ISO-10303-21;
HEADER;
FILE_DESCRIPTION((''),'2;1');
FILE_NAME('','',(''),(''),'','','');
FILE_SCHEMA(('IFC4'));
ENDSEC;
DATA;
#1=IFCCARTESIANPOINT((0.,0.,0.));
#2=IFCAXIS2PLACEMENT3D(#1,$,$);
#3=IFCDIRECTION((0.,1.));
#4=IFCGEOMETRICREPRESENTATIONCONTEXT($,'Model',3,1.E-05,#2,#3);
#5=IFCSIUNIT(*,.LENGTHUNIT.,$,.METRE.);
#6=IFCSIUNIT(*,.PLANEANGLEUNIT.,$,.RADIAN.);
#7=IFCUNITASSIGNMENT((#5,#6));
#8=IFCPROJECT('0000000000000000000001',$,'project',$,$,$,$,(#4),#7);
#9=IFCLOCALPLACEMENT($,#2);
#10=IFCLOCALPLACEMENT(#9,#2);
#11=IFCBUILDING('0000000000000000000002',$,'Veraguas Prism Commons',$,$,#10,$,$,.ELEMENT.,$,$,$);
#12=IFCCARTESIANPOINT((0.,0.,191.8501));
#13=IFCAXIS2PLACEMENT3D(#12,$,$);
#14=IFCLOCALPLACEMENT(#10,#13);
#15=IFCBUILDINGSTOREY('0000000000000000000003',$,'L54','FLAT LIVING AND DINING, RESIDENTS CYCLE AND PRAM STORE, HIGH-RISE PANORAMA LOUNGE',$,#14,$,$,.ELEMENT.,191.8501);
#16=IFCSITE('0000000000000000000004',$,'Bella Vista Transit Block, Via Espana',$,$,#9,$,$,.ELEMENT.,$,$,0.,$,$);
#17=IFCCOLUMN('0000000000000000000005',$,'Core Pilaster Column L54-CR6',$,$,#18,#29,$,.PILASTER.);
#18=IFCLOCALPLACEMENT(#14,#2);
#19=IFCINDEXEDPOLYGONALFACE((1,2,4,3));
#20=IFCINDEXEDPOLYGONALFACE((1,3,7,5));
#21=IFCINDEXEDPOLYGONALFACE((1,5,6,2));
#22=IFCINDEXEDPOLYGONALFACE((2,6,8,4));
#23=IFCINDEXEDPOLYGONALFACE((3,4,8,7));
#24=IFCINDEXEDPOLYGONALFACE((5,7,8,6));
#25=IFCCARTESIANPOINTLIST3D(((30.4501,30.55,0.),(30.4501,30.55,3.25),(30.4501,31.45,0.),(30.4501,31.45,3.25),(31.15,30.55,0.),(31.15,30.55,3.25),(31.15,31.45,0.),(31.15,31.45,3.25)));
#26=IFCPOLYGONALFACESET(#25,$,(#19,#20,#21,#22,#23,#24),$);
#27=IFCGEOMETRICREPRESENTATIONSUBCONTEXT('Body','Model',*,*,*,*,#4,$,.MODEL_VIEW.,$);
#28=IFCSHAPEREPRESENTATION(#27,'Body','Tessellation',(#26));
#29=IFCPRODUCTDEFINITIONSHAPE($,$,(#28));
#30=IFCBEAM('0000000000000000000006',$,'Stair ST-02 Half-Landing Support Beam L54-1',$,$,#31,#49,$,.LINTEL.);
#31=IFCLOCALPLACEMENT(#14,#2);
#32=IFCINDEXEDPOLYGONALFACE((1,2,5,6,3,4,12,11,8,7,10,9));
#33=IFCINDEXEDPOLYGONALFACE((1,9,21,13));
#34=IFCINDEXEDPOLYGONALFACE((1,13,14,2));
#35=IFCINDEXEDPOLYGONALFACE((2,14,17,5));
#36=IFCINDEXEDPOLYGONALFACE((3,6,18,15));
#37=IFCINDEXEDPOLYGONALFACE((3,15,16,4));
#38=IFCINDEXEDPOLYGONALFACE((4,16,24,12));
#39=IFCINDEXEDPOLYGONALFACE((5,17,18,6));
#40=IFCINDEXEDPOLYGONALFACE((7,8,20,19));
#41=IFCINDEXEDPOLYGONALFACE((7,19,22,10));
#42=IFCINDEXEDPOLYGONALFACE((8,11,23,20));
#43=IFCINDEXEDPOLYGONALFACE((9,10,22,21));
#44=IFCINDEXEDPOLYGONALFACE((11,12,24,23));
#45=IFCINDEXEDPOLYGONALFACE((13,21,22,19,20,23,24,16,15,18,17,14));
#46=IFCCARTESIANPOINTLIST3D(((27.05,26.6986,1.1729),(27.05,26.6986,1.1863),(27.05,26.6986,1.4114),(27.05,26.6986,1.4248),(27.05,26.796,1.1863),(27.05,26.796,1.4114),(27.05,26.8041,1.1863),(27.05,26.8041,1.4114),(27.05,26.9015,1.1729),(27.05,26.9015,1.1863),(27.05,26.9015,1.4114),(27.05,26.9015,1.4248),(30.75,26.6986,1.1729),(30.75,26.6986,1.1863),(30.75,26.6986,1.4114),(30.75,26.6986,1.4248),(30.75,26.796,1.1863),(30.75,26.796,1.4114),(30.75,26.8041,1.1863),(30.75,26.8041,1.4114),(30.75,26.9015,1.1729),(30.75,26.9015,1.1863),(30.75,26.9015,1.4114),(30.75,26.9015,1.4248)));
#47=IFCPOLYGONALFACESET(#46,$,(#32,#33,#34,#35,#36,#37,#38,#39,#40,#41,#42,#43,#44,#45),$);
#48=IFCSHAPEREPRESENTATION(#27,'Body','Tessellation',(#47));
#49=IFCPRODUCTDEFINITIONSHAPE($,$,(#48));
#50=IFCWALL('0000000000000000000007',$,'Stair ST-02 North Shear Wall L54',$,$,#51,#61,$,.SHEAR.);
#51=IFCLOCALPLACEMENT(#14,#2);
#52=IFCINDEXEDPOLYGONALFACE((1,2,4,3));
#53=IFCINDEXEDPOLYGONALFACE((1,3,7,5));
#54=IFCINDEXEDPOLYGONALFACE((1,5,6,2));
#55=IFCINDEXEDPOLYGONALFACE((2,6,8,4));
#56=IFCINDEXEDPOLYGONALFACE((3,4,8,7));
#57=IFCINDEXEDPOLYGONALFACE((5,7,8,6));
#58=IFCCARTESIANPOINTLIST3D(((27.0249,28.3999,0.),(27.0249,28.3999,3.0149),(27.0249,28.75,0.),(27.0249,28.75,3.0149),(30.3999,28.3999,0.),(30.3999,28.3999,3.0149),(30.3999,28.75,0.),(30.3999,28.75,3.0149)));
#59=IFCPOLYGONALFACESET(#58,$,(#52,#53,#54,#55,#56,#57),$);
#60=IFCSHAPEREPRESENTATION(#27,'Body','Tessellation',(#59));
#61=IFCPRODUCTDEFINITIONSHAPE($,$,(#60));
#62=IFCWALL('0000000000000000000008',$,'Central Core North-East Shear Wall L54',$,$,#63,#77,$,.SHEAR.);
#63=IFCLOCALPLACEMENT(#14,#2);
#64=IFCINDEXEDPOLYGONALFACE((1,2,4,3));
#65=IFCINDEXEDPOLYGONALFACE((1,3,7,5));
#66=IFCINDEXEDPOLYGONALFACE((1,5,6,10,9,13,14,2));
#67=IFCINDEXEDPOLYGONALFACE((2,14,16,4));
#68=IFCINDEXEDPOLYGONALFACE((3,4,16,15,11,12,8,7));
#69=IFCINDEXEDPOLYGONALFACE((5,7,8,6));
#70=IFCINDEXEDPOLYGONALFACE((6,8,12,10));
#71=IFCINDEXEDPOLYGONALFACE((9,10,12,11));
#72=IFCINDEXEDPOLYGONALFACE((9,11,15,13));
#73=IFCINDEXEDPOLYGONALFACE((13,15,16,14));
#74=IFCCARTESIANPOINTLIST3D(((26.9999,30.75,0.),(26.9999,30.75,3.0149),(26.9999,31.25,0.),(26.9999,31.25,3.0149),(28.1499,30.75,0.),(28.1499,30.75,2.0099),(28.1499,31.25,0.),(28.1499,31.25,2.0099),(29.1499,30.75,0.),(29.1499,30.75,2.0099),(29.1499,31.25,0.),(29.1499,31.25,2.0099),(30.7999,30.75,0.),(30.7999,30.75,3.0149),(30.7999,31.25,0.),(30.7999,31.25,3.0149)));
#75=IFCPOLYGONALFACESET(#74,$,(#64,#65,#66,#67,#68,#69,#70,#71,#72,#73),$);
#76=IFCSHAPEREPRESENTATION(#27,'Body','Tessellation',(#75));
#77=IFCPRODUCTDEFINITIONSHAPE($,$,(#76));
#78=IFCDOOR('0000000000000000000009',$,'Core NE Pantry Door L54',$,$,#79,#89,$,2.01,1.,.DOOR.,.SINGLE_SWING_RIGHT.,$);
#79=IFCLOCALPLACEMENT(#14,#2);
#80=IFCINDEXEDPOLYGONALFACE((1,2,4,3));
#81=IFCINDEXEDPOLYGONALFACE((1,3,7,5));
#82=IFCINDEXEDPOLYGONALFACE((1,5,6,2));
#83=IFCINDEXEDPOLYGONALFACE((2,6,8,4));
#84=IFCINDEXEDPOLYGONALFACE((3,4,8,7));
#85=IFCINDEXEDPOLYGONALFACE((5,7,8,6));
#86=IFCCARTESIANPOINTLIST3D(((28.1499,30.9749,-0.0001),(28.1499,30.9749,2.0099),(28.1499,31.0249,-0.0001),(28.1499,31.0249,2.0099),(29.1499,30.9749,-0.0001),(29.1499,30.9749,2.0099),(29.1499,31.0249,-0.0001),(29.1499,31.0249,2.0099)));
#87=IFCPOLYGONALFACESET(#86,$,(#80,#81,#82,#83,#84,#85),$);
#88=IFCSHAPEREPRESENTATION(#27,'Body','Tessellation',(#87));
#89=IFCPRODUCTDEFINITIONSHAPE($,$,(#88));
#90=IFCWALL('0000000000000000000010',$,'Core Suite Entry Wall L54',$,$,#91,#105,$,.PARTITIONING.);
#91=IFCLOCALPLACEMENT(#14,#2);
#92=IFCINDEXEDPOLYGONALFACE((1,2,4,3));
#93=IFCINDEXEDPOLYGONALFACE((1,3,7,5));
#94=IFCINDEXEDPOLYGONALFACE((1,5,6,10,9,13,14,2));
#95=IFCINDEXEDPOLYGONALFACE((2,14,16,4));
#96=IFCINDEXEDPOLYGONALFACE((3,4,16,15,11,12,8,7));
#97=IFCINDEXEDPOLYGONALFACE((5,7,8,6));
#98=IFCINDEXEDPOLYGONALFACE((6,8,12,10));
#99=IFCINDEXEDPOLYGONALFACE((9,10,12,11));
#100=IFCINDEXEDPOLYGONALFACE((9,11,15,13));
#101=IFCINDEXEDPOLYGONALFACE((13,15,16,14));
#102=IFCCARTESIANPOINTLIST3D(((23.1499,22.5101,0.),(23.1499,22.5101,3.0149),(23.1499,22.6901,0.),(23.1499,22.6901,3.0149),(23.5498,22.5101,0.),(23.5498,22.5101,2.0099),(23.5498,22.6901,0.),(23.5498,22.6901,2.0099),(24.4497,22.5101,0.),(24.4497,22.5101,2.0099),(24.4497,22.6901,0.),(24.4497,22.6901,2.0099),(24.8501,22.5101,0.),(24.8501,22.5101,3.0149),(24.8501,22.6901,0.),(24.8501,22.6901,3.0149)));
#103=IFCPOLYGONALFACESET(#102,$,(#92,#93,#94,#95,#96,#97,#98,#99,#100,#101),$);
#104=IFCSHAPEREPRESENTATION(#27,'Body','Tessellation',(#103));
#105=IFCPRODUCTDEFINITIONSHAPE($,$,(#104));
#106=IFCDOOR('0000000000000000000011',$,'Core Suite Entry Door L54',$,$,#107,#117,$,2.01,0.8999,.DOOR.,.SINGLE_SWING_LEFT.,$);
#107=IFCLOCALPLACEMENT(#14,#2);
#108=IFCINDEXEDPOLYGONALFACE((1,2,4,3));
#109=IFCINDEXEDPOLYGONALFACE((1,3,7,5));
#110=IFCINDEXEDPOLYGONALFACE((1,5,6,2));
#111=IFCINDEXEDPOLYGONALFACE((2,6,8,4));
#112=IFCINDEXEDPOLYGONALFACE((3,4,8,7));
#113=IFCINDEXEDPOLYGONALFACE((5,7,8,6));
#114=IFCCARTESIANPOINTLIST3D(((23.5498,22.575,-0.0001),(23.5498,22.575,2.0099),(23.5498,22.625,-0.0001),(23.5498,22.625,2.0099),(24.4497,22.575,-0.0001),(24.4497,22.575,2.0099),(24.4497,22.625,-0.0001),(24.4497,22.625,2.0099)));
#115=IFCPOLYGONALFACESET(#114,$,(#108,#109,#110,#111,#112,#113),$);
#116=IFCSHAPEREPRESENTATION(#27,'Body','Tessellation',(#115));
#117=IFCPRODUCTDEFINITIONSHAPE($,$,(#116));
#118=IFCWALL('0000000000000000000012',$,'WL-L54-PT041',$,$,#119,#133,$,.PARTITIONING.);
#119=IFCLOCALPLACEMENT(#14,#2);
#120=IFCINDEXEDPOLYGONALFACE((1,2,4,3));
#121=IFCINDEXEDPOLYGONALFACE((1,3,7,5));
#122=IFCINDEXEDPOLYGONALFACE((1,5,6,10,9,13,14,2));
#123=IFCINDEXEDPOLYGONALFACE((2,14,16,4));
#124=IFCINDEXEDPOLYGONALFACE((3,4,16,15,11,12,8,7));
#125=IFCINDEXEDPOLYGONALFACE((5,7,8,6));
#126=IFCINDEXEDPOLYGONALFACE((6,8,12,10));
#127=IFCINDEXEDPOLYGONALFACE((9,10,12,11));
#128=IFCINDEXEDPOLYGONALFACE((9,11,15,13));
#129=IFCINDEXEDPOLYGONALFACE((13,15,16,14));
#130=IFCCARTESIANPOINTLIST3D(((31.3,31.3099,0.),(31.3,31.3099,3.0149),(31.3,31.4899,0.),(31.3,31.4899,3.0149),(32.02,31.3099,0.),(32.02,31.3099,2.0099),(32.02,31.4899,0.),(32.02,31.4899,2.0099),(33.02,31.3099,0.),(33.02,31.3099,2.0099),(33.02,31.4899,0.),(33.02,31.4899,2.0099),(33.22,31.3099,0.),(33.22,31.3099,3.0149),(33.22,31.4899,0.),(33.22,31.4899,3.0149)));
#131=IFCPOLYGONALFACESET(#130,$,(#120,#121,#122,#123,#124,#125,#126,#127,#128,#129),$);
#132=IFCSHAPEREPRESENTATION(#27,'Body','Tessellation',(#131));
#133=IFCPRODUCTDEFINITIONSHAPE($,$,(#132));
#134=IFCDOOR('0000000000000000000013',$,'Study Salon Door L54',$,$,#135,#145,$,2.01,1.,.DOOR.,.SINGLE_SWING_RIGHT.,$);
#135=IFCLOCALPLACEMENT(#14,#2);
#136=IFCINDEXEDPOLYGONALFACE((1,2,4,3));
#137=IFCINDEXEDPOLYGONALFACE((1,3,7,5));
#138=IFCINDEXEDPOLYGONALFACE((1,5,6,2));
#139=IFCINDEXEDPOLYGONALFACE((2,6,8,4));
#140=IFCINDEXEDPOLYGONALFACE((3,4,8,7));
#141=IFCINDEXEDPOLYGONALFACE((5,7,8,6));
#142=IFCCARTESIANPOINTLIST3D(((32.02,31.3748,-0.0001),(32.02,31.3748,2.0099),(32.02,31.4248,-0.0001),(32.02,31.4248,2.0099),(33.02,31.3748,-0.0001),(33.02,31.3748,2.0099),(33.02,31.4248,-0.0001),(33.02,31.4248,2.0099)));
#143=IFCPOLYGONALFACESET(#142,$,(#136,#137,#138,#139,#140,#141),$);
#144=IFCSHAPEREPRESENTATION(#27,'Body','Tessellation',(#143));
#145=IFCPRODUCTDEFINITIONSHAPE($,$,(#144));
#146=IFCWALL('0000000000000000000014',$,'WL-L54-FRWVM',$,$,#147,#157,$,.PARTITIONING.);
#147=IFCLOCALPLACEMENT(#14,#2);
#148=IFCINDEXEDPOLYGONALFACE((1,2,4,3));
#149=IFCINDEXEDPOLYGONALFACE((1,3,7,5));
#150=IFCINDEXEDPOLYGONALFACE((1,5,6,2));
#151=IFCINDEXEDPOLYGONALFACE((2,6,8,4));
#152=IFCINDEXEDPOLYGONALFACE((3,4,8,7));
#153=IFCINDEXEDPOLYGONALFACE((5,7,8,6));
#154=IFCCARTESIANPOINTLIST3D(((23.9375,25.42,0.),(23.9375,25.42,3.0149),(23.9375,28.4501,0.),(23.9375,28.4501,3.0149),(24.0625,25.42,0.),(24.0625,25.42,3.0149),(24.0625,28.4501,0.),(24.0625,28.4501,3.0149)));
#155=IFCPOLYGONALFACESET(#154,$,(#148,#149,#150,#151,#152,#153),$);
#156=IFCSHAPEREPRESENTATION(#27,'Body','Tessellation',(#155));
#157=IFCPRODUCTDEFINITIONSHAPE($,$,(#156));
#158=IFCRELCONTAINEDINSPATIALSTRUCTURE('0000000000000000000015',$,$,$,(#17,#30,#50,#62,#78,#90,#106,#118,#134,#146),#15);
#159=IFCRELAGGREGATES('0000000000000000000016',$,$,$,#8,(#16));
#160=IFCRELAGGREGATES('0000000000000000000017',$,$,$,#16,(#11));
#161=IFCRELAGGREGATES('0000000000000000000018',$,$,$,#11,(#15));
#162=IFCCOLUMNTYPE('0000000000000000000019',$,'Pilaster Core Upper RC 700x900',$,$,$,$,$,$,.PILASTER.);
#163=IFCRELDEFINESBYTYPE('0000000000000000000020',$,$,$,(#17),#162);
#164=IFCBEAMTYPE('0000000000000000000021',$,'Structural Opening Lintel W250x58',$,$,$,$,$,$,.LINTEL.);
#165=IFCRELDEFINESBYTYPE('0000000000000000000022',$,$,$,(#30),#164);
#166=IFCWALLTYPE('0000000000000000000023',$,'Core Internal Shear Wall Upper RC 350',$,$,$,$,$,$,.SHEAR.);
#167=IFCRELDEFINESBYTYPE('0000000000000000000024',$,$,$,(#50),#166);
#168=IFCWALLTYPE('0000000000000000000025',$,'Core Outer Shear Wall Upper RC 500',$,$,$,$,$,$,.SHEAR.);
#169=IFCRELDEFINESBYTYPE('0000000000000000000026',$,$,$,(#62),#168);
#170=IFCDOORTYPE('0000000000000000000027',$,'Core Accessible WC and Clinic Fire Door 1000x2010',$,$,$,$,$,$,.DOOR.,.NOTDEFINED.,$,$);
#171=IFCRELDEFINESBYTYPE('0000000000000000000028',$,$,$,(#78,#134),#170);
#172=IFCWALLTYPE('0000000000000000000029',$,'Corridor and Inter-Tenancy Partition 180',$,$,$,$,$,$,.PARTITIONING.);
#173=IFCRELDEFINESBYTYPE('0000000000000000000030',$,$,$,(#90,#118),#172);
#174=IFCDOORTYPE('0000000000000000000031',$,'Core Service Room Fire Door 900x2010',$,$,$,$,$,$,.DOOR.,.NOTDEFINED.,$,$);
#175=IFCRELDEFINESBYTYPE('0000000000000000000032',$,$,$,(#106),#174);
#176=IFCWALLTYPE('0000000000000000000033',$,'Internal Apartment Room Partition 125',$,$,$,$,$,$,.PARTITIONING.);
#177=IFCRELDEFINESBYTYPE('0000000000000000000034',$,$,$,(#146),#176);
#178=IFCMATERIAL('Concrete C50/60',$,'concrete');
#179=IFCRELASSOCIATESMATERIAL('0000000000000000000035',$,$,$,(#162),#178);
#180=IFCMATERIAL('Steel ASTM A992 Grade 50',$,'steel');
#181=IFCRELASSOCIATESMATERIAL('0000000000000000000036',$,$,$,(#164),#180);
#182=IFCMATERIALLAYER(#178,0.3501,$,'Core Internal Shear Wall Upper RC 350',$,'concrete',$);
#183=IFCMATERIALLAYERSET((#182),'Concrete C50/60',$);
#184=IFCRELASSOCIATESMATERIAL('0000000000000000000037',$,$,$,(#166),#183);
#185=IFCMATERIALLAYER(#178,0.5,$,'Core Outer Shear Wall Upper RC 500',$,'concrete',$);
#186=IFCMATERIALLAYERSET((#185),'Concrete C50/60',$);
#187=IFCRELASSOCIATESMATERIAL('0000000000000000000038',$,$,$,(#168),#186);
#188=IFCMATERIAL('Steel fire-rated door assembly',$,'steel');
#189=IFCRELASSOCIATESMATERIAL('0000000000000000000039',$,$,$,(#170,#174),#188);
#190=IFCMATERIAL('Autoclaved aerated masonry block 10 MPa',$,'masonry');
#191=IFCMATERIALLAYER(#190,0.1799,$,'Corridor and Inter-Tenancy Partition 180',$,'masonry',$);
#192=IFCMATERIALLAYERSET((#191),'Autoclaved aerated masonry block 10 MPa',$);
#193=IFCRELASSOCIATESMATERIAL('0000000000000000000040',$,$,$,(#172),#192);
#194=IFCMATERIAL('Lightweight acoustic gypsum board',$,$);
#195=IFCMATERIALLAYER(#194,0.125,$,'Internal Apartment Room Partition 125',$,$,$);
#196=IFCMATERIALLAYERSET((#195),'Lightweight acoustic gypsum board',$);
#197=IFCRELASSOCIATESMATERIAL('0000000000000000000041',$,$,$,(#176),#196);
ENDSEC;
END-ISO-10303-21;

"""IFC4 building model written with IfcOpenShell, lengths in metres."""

from ifc_helpers import new_model, si_unit, direction, frame, frame_2d, origin, origin_2d, place, context, subcontext, project, spatial, rectangle, i_section, extrude, source, transform, mapped, material, layer, layer_set, material_profile, profile_set, type_object, element, fill, save


model = new_model("IFC4")

# Units and contexts
model_context = context("Model", 3, precision=1e-05, world=origin(), true_north=direction((0.0, 1.0)))
body_context = subcontext(model_context, "Body", "Model", "MODEL_VIEW")
ifc_project = project(units=[si_unit("LENGTHUNIT", "METRE"), si_unit("PLANEANGLEUNIT", "RADIAN")], contexts=[model_context])

# Site, building, storey
site_placement = place(None, origin())
site = spatial("IfcSite", under=ifc_project, at=site_placement, Name="Bella Vista Transit Block, Via Espana", CompositionType="ELEMENT", RefElevation=0.0)
building_placement = place(site_placement, origin())
building = spatial("IfcBuilding", under=site, at=building_placement, Name="Veraguas Prism Commons", CompositionType="ELEMENT")
storey_placement = place(building_placement, frame((0.0, 0.0, 191.8501)))
storey = spatial("IfcBuildingStorey", under=building, at=storey_placement, Name="L54", Description="FLAT LIVING AND DINING, RESIDENTS CYCLE AND PRAM STORE, HIGH-RISE PANORAMA LOUNGE", CompositionType="ELEMENT", Elevation=191.8501)

# Column
ifc_material_1 = material(Name="Concrete C50/60", Category="concrete")
ifc_material_profile_1 = material_profile(ifc_material_1, rectangle(XDim=0.7, YDim=0.8999, at=origin_2d()), Name="RC700X900")
ifc_profile_set_1 = profile_set([ifc_material_profile_1], Name="Concrete C50/60")
column_type = type_object("IfcColumnType", Name="Pilaster Core Upper RC 700x900", PredefinedType="PILASTER", material=ifc_profile_set_1)
column_placement = place(storey_placement, frame((30.8, 31.0, 0.0), z_axis=(0.0, 0.0, 1.0), x_axis=(1.0, 0.0, 0.0)))
element("IfcColumn", 1, at=column_placement, inside=storey, type_object=column_type, Name="Core Pilaster Column L54-CR6", PredefinedType="PILASTER", context=body_context, shape_type="SweptSolid", body=[
    extrude(rectangle(XDim=0.7, YDim=0.8999, at=origin_2d()), origin(), (0.0, 0.0, 1.0), 3.25),
])

# Beam
ifc_material_2 = material(Name="Steel ASTM A992 Grade 50", Category="steel")
ifc_material_profile_2 = material_profile(ifc_material_2, i_section(OverallWidth=0.2029, OverallDepth=0.252, WebThickness=0.0081, FlangeThickness=0.0134, at=origin_2d()), Name="W250X58")
ifc_profile_set_2 = profile_set([ifc_material_profile_2], Name="Steel ASTM A992 Grade 50")
beam_type = type_object("IfcBeamType", Name="Structural Opening Lintel W250x58", PredefinedType="LINTEL", material=ifc_profile_set_2)
beam_placement = place(storey_placement, frame((27.05, 26.8, 1.2988), z_axis=(1.0, 0.0, 0.0), x_axis=(0.0, 1.0, 0.0)))
element("IfcBeam", 2, at=beam_placement, inside=storey, type_object=beam_type, Name="Stair ST-02 Half-Landing Support Beam L54-1", PredefinedType="LINTEL", context=body_context, shape_type="SweptSolid", body=[
    extrude(i_section(OverallWidth=0.2029, OverallDepth=0.252, WebThickness=0.0081, FlangeThickness=0.0134, at=origin_2d()), origin(), (0.0, 0.0, 1.0), 3.7),
])

# Wall
ifc_layer_1 = layer(ifc_material_1, 0.3501, Name="Core Internal Shear Wall Upper RC 350", Category="concrete")
ifc_layer_set_1 = layer_set([ifc_layer_1], Name="Concrete C50/60")
wall_type_1 = type_object("IfcWallType", Name="Core Internal Shear Wall Upper RC 350", PredefinedType="SHEAR", material=ifc_layer_set_1)
wall_1_placement = place(storey_placement, frame((27.0249, 28.575, 0.0), z_axis=(0.0, 0.0, 1.0), x_axis=(1.0, 0.0, 0.0)))
element("IfcWall", 3, at=wall_1_placement, inside=storey, type_object=wall_type_1, Name="Stair ST-02 North Shear Wall L54", PredefinedType="SHEAR", context=body_context, shape_type="SweptSolid", body=[
    extrude(rectangle(XDim=3.375, YDim=0.3501, at=frame_2d((1.6875, 0.0))), origin(), (0.0, 0.0, 1.0), 3.0149),
])

# Walls, openings, doors
ifc_layer_2 = layer(ifc_material_1, 0.5, Name="Core Outer Shear Wall Upper RC 500", Category="concrete")
ifc_layer_set_2 = layer_set([ifc_layer_2], Name="Concrete C50/60")
wall_type_2 = type_object("IfcWallType", Name="Core Outer Shear Wall Upper RC 500", PredefinedType="SHEAR", material=ifc_layer_set_2)
wall_2_placement = place(storey_placement, frame((27.0, 31.0, 0.0), z_axis=(0.0, 0.0, 1.0), x_axis=(1.0, 0.0, 0.0)))
wall_2 = element("IfcWall", 4, at=wall_2_placement, inside=storey, type_object=wall_type_2, Name="Central Core North-East Shear Wall L54", PredefinedType="SHEAR", context=body_context, shape_type="SweptSolid", body=[
    extrude(rectangle(XDim=3.8, YDim=0.5, at=frame_2d((1.8999, 0.0))), origin(), (0.0, 0.0, 1.0), 3.0149),
])
opening_1_placement = place(wall_2_placement, frame((1.1499, 0.0, 0.0)))
opening_1 = element("IfcOpeningElement", 5, at=opening_1_placement, cuts=wall_2, PredefinedType="OPENING", context=body_context, shape_type="SweptSolid", body=[
    extrude(rectangle(XDim=1.0, YDim=2.01, at=frame_2d((0.5, 1.0049))), frame((0.0, 0.26, 0.0), z_axis=(0.0, -1.0, 0.0), x_axis=(1.0, 0.0, 0.0)), (0.0, 0.0, 1.0), 0.52),
])
ifc_material_3 = material(Name="Steel fire-rated door assembly", Category="steel")
door_type_1 = type_object("IfcDoorType", Name="Core Accessible WC and Clinic Fire Door 1000x2010", OperationType="NOTDEFINED", PredefinedType="DOOR", material=ifc_material_3)
shared_shape_1 = source(origin(), body_context, "Body", "SweptSolid", [
    extrude(rectangle(XDim=1.0, YDim=2.01, at=frame_2d((0.5, 1.0049))), frame((0.0, 0.0249, 0.0), z_axis=(0.0, -1.0, 0.0), x_axis=(1.0, 0.0, 0.0)), (0.0, 0.0, 1.0), 0.05),
])
door_1_placement = place(opening_1_placement, origin())
door_1 = element("IfcDoor", 6, at=door_1_placement, inside=storey, type_object=door_type_1, Name="Core NE Pantry Door L54", OperationType="SINGLE_SWING_RIGHT", OverallHeight=2.01, OverallWidth=1.0, PredefinedType="DOOR", context=body_context, shape_type="MappedRepresentation", body=[
    mapped(shared_shape_1, transform((0.0, 0.0, 0.0), scale=1.0)),
])
fill(opening_1, door_1)
ifc_material_4 = material(Name="Autoclaved aerated masonry block 10 MPa", Category="masonry")
ifc_layer_3 = layer(ifc_material_4, 0.1799, Name="Corridor and Inter-Tenancy Partition 180", Category="masonry")
ifc_layer_set_3 = layer_set([ifc_layer_3], Name="Autoclaved aerated masonry block 10 MPa")
wall_type_3 = type_object("IfcWallType", Name="Corridor and Inter-Tenancy Partition 180", PredefinedType="PARTITIONING", material=ifc_layer_set_3)
wall_3_placement = place(storey_placement, frame((23.1499, 22.6001, 0.0), z_axis=(0.0, 0.0, 1.0), x_axis=(1.0, 0.0, 0.0)))
wall_3 = element("IfcWall", 7, at=wall_3_placement, inside=storey, type_object=wall_type_3, Name="Core Suite Entry Wall L54", PredefinedType="PARTITIONING", context=body_context, shape_type="SweptSolid", body=[
    extrude(rectangle(XDim=1.7002, YDim=0.1799, at=frame_2d((0.8501, 0.0))), origin(), (0.0, 0.0, 1.0), 3.0149),
])
opening_2_placement = place(wall_3_placement, frame((0.3999, 0.0, 0.0)))
opening_2 = element("IfcOpeningElement", 8, at=opening_2_placement, cuts=wall_3, PredefinedType="OPENING", context=body_context, shape_type="SweptSolid", body=[
    extrude(rectangle(XDim=0.8999, YDim=2.01, at=frame_2d((0.45, 1.0049))), frame((0.0, 0.0999, 0.0), z_axis=(0.0, -1.0, 0.0), x_axis=(1.0, 0.0, 0.0)), (0.0, 0.0, 1.0), 0.2),
])
door_type_2 = type_object("IfcDoorType", Name="Core Service Room Fire Door 900x2010", OperationType="NOTDEFINED", PredefinedType="DOOR", material=ifc_material_3)
shared_shape_2 = source(origin(), body_context, "Body", "SweptSolid", [
    extrude(rectangle(XDim=0.8999, YDim=2.01, at=frame_2d((0.45, 1.0049))), frame((0.0, 0.0249, 0.0), z_axis=(0.0, -1.0, 0.0), x_axis=(1.0, 0.0, 0.0)), (0.0, 0.0, 1.0), 0.05),
])
door_2_placement = place(opening_2_placement, origin())
door_2 = element("IfcDoor", 9, at=door_2_placement, inside=storey, type_object=door_type_2, Name="Core Suite Entry Door L54", OperationType="SINGLE_SWING_LEFT", OverallHeight=2.01, OverallWidth=0.8999, PredefinedType="DOOR", context=body_context, shape_type="MappedRepresentation", body=[
    mapped(shared_shape_2, transform((0.0, 0.0, 0.0), scale=1.0)),
])
fill(opening_2, door_2)
wall_4_placement = place(storey_placement, frame((31.3, 31.3999, 0.0), z_axis=(0.0, 0.0, 1.0), x_axis=(1.0, 0.0, 0.0)))
wall_4 = element("IfcWall", 10, at=wall_4_placement, inside=storey, type_object=wall_type_3, Name="WL-L54-PT041", PredefinedType="PARTITIONING", context=body_context, shape_type="SweptSolid", body=[
    extrude(rectangle(XDim=1.9199, YDim=0.1799, at=frame_2d((0.96, 0.0))), origin(), (0.0, 0.0, 1.0), 3.0149),
])
opening_3_placement = place(wall_4_placement, frame((0.72, 0.0, 0.0)))
opening_3 = element("IfcOpeningElement", 11, at=opening_3_placement, cuts=wall_4, PredefinedType="OPENING", context=body_context, shape_type="SweptSolid", body=[
    extrude(rectangle(XDim=1.0, YDim=2.01, at=frame_2d((0.5, 1.0049))), frame((0.0, 0.0999, 0.0), z_axis=(0.0, -1.0, 0.0), x_axis=(1.0, 0.0, 0.0)), (0.0, 0.0, 1.0), 0.2),
])
door_3_placement = place(opening_3_placement, origin())
door_3 = element("IfcDoor", 12, at=door_3_placement, inside=storey, type_object=door_type_1, Name="Study Salon Door L54", OperationType="SINGLE_SWING_RIGHT", OverallHeight=2.01, OverallWidth=1.0, PredefinedType="DOOR", context=body_context, shape_type="MappedRepresentation", body=[
    mapped(shared_shape_1, transform((0.0, 0.0, 0.0), scale=1.0)),
])
fill(opening_3, door_3)

# Wall
ifc_material_5 = material(Name="Lightweight acoustic gypsum board")
ifc_layer_4 = layer(ifc_material_5, 0.125, Name="Internal Apartment Room Partition 125")
ifc_layer_set_4 = layer_set([ifc_layer_4], Name="Lightweight acoustic gypsum board")
wall_type_4 = type_object("IfcWallType", Name="Internal Apartment Room Partition 125", PredefinedType="PARTITIONING", material=ifc_layer_set_4)
wall_5_placement = place(storey_placement, frame((24.0, 25.4199, 0.0), z_axis=(0.0, 0.0, 1.0), x_axis=(0.0, 1.0, 0.0)))
element("IfcWall", 13, at=wall_5_placement, inside=storey, type_object=wall_type_4, Name="WL-L54-FRWVM", PredefinedType="PARTITIONING", context=body_context, shape_type="SweptSolid", body=[
    extrude(rectangle(XDim=3.03, YDim=0.125, at=frame_2d((1.5151, 0.0))), origin(), (0.0, 0.0, 1.0), 3.0149),
])

save(model, "model.ifc")
